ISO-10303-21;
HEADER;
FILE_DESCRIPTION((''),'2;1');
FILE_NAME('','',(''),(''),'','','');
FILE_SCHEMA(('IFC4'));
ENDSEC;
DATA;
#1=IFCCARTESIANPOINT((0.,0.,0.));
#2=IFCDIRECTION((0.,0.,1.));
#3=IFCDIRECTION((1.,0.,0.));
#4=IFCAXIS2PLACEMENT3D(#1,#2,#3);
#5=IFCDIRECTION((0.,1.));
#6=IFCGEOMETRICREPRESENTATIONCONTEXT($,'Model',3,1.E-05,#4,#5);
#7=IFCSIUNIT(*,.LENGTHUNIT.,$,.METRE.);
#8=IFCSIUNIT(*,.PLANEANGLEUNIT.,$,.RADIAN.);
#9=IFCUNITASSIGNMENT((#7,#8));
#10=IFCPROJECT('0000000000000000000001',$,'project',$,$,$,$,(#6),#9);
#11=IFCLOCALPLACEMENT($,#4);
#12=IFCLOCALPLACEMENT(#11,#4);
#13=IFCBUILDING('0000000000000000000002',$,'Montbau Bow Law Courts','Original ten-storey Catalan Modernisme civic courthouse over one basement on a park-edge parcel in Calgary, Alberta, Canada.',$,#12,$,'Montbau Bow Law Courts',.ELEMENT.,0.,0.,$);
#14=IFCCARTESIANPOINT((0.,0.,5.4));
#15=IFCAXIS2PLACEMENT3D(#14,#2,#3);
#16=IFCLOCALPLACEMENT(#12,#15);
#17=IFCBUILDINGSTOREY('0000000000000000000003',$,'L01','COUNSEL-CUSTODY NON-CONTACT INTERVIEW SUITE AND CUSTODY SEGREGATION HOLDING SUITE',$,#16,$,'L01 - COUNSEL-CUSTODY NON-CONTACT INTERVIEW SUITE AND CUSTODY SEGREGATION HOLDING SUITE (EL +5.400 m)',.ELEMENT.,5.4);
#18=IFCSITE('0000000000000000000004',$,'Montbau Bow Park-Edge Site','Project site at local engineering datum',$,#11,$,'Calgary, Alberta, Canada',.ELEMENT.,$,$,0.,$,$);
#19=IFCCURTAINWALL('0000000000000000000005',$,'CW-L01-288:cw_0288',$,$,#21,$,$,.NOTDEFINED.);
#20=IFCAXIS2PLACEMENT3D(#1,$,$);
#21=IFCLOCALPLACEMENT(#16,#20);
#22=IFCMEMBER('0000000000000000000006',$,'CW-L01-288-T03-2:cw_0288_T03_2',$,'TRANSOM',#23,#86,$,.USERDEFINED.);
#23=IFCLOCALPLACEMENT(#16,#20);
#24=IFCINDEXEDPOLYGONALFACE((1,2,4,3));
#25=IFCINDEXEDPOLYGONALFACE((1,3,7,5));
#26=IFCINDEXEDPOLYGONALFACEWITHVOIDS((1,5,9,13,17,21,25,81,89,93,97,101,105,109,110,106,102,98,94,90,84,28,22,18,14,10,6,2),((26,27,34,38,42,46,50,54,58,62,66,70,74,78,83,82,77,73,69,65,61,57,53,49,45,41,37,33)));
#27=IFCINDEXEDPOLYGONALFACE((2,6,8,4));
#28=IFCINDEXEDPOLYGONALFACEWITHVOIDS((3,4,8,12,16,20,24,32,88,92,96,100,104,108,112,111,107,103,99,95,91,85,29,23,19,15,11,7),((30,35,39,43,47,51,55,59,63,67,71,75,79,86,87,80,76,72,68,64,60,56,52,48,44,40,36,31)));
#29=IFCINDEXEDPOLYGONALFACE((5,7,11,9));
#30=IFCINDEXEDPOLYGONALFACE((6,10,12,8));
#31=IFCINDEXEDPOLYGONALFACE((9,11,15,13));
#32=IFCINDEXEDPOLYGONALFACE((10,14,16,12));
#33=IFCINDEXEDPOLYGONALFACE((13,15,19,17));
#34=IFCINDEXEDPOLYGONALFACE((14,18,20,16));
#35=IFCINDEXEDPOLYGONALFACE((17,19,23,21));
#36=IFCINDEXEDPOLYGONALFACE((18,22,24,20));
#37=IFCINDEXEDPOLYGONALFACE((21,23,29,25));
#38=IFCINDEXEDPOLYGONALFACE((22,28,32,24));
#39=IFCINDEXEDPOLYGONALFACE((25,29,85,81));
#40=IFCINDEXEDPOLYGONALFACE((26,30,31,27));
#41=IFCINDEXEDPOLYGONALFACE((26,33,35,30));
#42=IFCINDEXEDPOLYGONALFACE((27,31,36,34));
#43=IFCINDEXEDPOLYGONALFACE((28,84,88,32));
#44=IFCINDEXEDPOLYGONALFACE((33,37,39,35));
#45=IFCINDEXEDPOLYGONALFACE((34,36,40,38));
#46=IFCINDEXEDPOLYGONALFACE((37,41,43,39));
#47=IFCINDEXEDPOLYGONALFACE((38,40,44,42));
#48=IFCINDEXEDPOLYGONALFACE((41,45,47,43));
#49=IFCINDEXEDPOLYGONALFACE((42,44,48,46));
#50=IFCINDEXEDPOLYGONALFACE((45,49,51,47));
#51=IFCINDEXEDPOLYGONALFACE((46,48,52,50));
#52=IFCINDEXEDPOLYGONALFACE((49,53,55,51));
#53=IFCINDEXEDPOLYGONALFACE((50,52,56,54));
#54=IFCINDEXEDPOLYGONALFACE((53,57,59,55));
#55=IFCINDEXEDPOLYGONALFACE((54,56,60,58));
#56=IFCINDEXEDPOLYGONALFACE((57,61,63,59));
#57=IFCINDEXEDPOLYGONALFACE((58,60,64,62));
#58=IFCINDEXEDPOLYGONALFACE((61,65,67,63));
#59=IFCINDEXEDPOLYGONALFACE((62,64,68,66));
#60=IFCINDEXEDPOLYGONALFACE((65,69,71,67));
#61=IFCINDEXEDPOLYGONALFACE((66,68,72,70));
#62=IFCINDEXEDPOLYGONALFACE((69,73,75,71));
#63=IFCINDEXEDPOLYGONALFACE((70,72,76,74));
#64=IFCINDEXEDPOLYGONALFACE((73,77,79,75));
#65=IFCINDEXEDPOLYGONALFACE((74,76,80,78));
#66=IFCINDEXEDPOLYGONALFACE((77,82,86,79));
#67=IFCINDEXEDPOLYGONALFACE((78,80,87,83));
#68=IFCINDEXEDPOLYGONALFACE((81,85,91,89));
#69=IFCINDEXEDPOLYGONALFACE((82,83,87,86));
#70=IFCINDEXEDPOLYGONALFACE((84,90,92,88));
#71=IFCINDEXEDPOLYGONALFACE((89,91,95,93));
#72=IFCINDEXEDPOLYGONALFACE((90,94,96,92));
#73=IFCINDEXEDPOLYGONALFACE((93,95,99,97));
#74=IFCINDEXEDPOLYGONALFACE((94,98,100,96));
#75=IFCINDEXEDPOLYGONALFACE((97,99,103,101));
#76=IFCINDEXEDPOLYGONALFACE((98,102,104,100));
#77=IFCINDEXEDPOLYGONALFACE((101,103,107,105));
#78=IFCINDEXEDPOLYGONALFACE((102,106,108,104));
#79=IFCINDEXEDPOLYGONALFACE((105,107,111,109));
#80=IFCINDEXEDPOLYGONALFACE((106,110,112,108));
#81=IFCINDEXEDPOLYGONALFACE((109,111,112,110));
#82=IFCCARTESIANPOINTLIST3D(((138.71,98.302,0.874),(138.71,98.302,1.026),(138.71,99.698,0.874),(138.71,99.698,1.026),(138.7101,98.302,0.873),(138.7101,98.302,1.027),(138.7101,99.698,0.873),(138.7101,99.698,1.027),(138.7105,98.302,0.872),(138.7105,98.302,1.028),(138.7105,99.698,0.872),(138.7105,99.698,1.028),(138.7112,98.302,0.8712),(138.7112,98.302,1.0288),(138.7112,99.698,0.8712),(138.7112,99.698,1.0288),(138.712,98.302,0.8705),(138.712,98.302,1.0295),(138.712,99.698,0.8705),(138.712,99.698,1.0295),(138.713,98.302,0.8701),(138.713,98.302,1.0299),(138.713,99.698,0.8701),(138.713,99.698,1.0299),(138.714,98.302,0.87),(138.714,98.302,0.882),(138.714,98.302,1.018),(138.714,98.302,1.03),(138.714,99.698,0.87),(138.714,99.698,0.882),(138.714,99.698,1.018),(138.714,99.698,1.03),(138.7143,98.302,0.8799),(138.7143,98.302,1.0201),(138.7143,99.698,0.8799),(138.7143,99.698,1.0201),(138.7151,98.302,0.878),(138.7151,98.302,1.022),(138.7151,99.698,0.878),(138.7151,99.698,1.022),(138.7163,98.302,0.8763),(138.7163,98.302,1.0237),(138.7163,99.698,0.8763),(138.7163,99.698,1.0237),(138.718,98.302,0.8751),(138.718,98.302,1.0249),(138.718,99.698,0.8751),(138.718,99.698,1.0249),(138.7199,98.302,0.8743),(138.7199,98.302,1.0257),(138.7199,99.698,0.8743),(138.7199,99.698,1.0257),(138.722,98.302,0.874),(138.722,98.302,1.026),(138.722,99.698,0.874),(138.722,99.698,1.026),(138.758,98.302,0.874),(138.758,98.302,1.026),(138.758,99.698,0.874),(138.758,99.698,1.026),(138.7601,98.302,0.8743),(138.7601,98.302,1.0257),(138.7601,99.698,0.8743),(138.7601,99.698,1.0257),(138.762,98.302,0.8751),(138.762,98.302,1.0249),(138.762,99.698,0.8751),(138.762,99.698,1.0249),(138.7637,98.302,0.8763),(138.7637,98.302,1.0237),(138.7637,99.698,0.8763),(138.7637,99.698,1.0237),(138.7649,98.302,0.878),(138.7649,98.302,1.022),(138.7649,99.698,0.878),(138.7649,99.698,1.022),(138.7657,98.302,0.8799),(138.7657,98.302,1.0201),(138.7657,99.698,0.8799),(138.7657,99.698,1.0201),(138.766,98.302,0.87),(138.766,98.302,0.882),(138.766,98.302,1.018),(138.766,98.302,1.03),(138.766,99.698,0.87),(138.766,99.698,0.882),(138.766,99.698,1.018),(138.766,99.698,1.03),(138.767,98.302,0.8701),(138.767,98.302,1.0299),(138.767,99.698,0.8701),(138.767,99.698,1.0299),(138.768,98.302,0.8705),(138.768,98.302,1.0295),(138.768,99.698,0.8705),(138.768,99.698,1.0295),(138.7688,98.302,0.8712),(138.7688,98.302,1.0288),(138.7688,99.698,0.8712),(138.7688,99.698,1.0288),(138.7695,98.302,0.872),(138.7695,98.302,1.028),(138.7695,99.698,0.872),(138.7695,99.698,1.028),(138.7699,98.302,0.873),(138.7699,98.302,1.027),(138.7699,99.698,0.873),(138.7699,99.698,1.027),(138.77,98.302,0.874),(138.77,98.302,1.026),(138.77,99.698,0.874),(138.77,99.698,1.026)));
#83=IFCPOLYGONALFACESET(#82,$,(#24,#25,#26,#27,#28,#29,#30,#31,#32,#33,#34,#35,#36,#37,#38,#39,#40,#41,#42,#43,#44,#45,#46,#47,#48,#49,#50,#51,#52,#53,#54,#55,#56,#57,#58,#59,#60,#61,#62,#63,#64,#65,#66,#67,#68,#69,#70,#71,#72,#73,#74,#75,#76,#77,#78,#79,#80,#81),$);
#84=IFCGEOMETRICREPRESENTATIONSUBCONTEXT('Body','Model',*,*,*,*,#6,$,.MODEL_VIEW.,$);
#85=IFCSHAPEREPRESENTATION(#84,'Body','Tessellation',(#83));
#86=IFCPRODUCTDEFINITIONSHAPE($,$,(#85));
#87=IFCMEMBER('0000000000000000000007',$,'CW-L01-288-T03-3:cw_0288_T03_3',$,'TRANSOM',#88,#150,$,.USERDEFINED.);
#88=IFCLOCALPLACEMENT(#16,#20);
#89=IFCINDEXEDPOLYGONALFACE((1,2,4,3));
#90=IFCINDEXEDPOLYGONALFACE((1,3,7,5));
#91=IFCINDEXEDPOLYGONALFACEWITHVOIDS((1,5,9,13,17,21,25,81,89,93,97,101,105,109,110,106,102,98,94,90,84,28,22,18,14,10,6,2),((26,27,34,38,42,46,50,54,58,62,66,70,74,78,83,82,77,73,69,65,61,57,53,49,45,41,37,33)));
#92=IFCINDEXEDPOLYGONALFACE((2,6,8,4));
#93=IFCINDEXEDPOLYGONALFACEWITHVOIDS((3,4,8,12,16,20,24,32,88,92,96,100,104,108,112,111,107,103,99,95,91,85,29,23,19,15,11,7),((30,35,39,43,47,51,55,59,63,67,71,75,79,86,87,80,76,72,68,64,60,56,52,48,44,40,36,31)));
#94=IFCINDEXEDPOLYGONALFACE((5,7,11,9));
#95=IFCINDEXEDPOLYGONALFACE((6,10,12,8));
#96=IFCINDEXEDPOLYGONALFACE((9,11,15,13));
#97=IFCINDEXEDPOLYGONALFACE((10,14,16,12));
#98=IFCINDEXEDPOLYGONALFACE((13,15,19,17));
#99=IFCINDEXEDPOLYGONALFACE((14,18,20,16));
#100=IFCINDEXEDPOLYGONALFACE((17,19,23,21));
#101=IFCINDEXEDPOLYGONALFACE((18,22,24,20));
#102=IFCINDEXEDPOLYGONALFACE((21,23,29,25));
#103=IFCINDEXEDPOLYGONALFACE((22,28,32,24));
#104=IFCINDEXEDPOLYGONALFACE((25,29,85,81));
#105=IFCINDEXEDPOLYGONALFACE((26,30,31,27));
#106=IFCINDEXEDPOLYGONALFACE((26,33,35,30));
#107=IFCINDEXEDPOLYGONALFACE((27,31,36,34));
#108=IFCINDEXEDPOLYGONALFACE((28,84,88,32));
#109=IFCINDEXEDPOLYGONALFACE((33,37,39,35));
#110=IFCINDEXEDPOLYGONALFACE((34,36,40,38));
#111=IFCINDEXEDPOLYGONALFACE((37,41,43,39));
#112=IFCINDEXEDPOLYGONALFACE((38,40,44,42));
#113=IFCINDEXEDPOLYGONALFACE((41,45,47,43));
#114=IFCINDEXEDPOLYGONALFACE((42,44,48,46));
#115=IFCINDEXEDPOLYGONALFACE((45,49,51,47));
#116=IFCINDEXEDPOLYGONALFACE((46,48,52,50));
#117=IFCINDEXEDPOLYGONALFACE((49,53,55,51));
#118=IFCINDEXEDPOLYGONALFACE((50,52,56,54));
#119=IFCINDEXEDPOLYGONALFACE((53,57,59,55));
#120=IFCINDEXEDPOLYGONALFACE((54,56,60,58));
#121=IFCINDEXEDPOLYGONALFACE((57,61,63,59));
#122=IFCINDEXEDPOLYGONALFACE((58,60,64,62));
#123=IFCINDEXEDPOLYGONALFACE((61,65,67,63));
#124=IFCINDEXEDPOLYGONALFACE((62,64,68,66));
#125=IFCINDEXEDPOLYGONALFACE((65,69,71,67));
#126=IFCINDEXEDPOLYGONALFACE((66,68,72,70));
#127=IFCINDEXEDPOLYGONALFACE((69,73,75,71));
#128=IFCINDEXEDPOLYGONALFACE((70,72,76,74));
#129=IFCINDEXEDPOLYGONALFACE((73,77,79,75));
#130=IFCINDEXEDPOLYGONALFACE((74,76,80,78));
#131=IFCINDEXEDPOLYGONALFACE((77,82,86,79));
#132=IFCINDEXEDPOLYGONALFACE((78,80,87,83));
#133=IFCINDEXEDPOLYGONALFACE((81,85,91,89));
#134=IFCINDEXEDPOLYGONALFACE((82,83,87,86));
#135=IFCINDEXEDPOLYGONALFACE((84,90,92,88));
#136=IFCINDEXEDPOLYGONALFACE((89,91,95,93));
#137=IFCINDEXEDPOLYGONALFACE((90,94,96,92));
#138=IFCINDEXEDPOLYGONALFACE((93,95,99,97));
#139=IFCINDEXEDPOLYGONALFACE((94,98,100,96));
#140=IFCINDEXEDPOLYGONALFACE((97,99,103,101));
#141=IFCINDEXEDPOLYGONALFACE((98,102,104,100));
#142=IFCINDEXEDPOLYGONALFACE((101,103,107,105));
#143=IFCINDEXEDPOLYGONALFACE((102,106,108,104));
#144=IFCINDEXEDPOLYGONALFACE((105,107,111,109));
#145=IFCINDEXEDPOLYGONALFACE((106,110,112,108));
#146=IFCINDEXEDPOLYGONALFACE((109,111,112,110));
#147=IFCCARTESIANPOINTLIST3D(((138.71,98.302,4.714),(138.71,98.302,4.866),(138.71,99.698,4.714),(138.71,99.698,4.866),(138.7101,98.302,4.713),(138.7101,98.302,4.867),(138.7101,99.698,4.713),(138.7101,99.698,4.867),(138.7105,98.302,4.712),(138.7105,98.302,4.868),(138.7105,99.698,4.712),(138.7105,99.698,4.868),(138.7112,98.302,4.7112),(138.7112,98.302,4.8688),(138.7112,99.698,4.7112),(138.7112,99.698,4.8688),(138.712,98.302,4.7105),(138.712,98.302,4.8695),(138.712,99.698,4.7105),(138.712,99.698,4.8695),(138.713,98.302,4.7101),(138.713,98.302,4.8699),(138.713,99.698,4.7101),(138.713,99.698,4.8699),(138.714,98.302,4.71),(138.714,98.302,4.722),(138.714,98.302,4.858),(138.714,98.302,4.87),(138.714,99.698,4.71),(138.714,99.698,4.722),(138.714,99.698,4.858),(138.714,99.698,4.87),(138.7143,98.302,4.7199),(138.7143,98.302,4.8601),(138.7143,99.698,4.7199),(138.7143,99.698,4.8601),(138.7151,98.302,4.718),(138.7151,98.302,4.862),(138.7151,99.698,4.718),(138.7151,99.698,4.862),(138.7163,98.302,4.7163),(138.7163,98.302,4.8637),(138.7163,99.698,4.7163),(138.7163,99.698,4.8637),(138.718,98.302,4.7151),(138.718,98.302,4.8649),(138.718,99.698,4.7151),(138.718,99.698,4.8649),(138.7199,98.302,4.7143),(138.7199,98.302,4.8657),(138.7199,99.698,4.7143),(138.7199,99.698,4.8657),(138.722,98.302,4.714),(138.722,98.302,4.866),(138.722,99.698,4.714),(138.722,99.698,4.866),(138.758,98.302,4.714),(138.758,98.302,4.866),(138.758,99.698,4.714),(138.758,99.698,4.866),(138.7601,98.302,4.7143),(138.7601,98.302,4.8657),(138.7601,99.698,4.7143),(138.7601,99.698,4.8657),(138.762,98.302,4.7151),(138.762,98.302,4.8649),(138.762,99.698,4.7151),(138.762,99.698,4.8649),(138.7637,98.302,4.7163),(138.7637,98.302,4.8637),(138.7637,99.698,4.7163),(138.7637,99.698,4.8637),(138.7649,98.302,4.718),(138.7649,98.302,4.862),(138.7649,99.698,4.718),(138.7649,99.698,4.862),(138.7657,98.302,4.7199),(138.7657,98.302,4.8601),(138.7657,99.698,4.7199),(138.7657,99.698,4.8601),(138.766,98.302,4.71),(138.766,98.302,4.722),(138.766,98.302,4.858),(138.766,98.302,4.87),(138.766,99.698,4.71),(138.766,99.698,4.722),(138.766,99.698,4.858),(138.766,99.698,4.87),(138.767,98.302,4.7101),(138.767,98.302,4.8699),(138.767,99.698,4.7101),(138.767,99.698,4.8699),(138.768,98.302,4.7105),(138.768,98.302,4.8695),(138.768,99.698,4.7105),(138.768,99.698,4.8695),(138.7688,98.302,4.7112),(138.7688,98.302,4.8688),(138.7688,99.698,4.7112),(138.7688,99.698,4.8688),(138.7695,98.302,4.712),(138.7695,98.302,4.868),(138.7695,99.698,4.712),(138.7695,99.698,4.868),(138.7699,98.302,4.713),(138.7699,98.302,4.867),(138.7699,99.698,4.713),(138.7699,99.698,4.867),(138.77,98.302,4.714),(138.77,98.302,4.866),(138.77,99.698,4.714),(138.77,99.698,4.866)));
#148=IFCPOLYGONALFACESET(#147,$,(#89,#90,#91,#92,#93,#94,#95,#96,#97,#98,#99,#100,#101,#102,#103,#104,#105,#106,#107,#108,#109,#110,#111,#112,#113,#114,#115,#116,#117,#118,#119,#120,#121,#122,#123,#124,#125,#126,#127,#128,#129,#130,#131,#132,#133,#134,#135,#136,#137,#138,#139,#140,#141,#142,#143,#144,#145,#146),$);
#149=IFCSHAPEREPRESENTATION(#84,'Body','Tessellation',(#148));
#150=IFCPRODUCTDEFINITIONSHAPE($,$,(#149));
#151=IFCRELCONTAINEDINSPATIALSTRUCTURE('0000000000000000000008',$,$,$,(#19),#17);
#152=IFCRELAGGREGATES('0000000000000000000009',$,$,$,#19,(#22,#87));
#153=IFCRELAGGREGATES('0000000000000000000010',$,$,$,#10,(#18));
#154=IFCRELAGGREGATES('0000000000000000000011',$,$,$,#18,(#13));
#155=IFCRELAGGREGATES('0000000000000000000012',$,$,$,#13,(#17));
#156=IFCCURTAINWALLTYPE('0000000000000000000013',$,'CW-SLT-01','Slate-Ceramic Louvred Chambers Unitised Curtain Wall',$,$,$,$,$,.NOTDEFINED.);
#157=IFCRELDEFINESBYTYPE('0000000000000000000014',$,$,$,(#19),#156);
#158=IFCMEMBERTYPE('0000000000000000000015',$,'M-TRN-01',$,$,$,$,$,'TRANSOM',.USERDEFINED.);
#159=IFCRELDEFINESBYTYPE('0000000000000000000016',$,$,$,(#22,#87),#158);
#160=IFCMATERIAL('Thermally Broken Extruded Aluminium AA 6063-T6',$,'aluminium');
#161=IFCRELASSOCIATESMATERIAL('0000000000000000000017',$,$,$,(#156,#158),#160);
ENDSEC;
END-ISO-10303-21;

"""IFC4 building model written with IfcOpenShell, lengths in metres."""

from ifc_helpers import new_model, si_unit, direction, frame, origin_with_axes, origin_2d_with_axis, place, context, subcontext, project, spatial, hollow_rectangle, extrude, material, material_profile, profile_set, type_object, element, aggregate, save


model = new_model("IFC4")

# Units and contexts
model_context = context("Model", 3, precision=1e-05, world=origin_with_axes(), true_north=direction((0.0, 1.0)))
body_context = subcontext(model_context, "Body", "Model", "MODEL_VIEW")
ifc_project = project(units=[si_unit("LENGTHUNIT", "METRE"), si_unit("PLANEANGLEUNIT", "RADIAN")], contexts=[model_context])

# Site, building, storey
site_placement = place(None, origin_with_axes())
site = spatial("IfcSite", under=ifc_project, at=site_placement, Name="Montbau Bow Park-Edge Site", Description="Project site at local engineering datum", LongName="Calgary, Alberta, Canada", CompositionType="ELEMENT", RefElevation=0.0)
building_placement = place(site_placement, origin_with_axes())
building = spatial("IfcBuilding", under=site, at=building_placement, Name="Montbau Bow Law Courts", Description="Original ten-storey Catalan Modernisme civic courthouse over one basement on a park-edge parcel in Calgary, Alberta, Canada.", LongName="Montbau Bow Law Courts", CompositionType="ELEMENT", ElevationOfRefHeight=0.0, ElevationOfTerrain=0.0)
storey_placement = place(building_placement, frame((0.0, 0.0, 5.4), z_axis=(0.0, 0.0, 1.0), x_axis=(1.0, 0.0, 0.0)))
storey = spatial("IfcBuildingStorey", under=building, at=storey_placement, Name="L01", Description="COUNSEL-CUSTODY NON-CONTACT INTERVIEW SUITE AND CUSTODY SEGREGATION HOLDING SUITE", LongName="L01 - COUNSEL-CUSTODY NON-CONTACT INTERVIEW SUITE AND CUSTODY SEGREGATION HOLDING SUITE (EL +5.400 m)", CompositionType="ELEMENT", Elevation=5.4)

# Curtain wall
ifc_material_1 = material(Name="Thermally Broken Extruded Aluminium AA 6063-T6", Category="aluminium")
curtain_wall_type = type_object("IfcCurtainWallType", Name="CW-SLT-01", Description="Slate-Ceramic Louvred Chambers Unitised Curtain Wall", PredefinedType="NOTDEFINED", material=ifc_material_1)
curtain_wall_1_placement = place(None, frame((138.74, 95.315, 5.4), z_axis=(0.0, 0.0, 1.0), x_axis=(1.0, 0.0, 0.0)))
curtain_wall_1 = element("IfcCurtainWall", 1, at=curtain_wall_1_placement, inside=storey, type_object=curtain_wall_type, Name="CW-L01-288:cw_0288", PredefinedType="NOTDEFINED")

# Members
ifc_material_profile_1 = material_profile(ifc_material_1, hollow_rectangle(XDim=0.06, YDim=0.16, WallThickness=0.004, InnerFilletRadius=0.008, OuterFilletRadius=0.004, at=origin_2d_with_axis()), Name="CWT-160X60", Category="Main", Priority=0)
ifc_profile_set_1 = profile_set([ifc_material_profile_1], Name="Thermally Broken Extruded Aluminium AA 6063-T6")
member_type_1 = type_object("IfcMemberType", Name="M-TRN-01", ElementType="TRANSOM", PredefinedType="USERDEFINED", material=ifc_profile_set_1)
member_1_placement = place(None, frame((138.74, 98.302, 6.35), z_axis=(0.0, 1.0, 0.0), x_axis=(-1.0, 0.0, 0.0)))
member_1 = element("IfcMember", 2, at=member_1_placement, type_object=member_type_1, Name="CW-L01-288-T03-2:cw_0288_T03_2", ObjectType="TRANSOM", PredefinedType="USERDEFINED", context=body_context, shape_type="SweptSolid", body=[
    extrude(hollow_rectangle(XDim=0.06, YDim=0.16, WallThickness=0.004, InnerFilletRadius=0.008, OuterFilletRadius=0.004, at=origin_2d_with_axis()), origin_with_axes(), (0.0, 0.0, 1.0), 1.396),
])
member_2_placement = place(None, frame((138.74, 98.302, 10.19), z_axis=(0.0, 1.0, 0.0), x_axis=(-1.0, 0.0, 0.0)))
member_2 = element("IfcMember", 3, at=member_2_placement, type_object=member_type_1, Name="CW-L01-288-T03-3:cw_0288_T03_3", ObjectType="TRANSOM", PredefinedType="USERDEFINED", context=body_context, shape_type="SweptSolid", body=[
    extrude(hollow_rectangle(XDim=0.06, YDim=0.16, WallThickness=0.004, InnerFilletRadius=0.008, OuterFilletRadius=0.004, at=origin_2d_with_axis()), origin_with_axes(), (0.0, 0.0, 1.0), 1.396),
])

aggregate(curtain_wall_1, [member_1, member_2])

save(model, "model.ifc")
